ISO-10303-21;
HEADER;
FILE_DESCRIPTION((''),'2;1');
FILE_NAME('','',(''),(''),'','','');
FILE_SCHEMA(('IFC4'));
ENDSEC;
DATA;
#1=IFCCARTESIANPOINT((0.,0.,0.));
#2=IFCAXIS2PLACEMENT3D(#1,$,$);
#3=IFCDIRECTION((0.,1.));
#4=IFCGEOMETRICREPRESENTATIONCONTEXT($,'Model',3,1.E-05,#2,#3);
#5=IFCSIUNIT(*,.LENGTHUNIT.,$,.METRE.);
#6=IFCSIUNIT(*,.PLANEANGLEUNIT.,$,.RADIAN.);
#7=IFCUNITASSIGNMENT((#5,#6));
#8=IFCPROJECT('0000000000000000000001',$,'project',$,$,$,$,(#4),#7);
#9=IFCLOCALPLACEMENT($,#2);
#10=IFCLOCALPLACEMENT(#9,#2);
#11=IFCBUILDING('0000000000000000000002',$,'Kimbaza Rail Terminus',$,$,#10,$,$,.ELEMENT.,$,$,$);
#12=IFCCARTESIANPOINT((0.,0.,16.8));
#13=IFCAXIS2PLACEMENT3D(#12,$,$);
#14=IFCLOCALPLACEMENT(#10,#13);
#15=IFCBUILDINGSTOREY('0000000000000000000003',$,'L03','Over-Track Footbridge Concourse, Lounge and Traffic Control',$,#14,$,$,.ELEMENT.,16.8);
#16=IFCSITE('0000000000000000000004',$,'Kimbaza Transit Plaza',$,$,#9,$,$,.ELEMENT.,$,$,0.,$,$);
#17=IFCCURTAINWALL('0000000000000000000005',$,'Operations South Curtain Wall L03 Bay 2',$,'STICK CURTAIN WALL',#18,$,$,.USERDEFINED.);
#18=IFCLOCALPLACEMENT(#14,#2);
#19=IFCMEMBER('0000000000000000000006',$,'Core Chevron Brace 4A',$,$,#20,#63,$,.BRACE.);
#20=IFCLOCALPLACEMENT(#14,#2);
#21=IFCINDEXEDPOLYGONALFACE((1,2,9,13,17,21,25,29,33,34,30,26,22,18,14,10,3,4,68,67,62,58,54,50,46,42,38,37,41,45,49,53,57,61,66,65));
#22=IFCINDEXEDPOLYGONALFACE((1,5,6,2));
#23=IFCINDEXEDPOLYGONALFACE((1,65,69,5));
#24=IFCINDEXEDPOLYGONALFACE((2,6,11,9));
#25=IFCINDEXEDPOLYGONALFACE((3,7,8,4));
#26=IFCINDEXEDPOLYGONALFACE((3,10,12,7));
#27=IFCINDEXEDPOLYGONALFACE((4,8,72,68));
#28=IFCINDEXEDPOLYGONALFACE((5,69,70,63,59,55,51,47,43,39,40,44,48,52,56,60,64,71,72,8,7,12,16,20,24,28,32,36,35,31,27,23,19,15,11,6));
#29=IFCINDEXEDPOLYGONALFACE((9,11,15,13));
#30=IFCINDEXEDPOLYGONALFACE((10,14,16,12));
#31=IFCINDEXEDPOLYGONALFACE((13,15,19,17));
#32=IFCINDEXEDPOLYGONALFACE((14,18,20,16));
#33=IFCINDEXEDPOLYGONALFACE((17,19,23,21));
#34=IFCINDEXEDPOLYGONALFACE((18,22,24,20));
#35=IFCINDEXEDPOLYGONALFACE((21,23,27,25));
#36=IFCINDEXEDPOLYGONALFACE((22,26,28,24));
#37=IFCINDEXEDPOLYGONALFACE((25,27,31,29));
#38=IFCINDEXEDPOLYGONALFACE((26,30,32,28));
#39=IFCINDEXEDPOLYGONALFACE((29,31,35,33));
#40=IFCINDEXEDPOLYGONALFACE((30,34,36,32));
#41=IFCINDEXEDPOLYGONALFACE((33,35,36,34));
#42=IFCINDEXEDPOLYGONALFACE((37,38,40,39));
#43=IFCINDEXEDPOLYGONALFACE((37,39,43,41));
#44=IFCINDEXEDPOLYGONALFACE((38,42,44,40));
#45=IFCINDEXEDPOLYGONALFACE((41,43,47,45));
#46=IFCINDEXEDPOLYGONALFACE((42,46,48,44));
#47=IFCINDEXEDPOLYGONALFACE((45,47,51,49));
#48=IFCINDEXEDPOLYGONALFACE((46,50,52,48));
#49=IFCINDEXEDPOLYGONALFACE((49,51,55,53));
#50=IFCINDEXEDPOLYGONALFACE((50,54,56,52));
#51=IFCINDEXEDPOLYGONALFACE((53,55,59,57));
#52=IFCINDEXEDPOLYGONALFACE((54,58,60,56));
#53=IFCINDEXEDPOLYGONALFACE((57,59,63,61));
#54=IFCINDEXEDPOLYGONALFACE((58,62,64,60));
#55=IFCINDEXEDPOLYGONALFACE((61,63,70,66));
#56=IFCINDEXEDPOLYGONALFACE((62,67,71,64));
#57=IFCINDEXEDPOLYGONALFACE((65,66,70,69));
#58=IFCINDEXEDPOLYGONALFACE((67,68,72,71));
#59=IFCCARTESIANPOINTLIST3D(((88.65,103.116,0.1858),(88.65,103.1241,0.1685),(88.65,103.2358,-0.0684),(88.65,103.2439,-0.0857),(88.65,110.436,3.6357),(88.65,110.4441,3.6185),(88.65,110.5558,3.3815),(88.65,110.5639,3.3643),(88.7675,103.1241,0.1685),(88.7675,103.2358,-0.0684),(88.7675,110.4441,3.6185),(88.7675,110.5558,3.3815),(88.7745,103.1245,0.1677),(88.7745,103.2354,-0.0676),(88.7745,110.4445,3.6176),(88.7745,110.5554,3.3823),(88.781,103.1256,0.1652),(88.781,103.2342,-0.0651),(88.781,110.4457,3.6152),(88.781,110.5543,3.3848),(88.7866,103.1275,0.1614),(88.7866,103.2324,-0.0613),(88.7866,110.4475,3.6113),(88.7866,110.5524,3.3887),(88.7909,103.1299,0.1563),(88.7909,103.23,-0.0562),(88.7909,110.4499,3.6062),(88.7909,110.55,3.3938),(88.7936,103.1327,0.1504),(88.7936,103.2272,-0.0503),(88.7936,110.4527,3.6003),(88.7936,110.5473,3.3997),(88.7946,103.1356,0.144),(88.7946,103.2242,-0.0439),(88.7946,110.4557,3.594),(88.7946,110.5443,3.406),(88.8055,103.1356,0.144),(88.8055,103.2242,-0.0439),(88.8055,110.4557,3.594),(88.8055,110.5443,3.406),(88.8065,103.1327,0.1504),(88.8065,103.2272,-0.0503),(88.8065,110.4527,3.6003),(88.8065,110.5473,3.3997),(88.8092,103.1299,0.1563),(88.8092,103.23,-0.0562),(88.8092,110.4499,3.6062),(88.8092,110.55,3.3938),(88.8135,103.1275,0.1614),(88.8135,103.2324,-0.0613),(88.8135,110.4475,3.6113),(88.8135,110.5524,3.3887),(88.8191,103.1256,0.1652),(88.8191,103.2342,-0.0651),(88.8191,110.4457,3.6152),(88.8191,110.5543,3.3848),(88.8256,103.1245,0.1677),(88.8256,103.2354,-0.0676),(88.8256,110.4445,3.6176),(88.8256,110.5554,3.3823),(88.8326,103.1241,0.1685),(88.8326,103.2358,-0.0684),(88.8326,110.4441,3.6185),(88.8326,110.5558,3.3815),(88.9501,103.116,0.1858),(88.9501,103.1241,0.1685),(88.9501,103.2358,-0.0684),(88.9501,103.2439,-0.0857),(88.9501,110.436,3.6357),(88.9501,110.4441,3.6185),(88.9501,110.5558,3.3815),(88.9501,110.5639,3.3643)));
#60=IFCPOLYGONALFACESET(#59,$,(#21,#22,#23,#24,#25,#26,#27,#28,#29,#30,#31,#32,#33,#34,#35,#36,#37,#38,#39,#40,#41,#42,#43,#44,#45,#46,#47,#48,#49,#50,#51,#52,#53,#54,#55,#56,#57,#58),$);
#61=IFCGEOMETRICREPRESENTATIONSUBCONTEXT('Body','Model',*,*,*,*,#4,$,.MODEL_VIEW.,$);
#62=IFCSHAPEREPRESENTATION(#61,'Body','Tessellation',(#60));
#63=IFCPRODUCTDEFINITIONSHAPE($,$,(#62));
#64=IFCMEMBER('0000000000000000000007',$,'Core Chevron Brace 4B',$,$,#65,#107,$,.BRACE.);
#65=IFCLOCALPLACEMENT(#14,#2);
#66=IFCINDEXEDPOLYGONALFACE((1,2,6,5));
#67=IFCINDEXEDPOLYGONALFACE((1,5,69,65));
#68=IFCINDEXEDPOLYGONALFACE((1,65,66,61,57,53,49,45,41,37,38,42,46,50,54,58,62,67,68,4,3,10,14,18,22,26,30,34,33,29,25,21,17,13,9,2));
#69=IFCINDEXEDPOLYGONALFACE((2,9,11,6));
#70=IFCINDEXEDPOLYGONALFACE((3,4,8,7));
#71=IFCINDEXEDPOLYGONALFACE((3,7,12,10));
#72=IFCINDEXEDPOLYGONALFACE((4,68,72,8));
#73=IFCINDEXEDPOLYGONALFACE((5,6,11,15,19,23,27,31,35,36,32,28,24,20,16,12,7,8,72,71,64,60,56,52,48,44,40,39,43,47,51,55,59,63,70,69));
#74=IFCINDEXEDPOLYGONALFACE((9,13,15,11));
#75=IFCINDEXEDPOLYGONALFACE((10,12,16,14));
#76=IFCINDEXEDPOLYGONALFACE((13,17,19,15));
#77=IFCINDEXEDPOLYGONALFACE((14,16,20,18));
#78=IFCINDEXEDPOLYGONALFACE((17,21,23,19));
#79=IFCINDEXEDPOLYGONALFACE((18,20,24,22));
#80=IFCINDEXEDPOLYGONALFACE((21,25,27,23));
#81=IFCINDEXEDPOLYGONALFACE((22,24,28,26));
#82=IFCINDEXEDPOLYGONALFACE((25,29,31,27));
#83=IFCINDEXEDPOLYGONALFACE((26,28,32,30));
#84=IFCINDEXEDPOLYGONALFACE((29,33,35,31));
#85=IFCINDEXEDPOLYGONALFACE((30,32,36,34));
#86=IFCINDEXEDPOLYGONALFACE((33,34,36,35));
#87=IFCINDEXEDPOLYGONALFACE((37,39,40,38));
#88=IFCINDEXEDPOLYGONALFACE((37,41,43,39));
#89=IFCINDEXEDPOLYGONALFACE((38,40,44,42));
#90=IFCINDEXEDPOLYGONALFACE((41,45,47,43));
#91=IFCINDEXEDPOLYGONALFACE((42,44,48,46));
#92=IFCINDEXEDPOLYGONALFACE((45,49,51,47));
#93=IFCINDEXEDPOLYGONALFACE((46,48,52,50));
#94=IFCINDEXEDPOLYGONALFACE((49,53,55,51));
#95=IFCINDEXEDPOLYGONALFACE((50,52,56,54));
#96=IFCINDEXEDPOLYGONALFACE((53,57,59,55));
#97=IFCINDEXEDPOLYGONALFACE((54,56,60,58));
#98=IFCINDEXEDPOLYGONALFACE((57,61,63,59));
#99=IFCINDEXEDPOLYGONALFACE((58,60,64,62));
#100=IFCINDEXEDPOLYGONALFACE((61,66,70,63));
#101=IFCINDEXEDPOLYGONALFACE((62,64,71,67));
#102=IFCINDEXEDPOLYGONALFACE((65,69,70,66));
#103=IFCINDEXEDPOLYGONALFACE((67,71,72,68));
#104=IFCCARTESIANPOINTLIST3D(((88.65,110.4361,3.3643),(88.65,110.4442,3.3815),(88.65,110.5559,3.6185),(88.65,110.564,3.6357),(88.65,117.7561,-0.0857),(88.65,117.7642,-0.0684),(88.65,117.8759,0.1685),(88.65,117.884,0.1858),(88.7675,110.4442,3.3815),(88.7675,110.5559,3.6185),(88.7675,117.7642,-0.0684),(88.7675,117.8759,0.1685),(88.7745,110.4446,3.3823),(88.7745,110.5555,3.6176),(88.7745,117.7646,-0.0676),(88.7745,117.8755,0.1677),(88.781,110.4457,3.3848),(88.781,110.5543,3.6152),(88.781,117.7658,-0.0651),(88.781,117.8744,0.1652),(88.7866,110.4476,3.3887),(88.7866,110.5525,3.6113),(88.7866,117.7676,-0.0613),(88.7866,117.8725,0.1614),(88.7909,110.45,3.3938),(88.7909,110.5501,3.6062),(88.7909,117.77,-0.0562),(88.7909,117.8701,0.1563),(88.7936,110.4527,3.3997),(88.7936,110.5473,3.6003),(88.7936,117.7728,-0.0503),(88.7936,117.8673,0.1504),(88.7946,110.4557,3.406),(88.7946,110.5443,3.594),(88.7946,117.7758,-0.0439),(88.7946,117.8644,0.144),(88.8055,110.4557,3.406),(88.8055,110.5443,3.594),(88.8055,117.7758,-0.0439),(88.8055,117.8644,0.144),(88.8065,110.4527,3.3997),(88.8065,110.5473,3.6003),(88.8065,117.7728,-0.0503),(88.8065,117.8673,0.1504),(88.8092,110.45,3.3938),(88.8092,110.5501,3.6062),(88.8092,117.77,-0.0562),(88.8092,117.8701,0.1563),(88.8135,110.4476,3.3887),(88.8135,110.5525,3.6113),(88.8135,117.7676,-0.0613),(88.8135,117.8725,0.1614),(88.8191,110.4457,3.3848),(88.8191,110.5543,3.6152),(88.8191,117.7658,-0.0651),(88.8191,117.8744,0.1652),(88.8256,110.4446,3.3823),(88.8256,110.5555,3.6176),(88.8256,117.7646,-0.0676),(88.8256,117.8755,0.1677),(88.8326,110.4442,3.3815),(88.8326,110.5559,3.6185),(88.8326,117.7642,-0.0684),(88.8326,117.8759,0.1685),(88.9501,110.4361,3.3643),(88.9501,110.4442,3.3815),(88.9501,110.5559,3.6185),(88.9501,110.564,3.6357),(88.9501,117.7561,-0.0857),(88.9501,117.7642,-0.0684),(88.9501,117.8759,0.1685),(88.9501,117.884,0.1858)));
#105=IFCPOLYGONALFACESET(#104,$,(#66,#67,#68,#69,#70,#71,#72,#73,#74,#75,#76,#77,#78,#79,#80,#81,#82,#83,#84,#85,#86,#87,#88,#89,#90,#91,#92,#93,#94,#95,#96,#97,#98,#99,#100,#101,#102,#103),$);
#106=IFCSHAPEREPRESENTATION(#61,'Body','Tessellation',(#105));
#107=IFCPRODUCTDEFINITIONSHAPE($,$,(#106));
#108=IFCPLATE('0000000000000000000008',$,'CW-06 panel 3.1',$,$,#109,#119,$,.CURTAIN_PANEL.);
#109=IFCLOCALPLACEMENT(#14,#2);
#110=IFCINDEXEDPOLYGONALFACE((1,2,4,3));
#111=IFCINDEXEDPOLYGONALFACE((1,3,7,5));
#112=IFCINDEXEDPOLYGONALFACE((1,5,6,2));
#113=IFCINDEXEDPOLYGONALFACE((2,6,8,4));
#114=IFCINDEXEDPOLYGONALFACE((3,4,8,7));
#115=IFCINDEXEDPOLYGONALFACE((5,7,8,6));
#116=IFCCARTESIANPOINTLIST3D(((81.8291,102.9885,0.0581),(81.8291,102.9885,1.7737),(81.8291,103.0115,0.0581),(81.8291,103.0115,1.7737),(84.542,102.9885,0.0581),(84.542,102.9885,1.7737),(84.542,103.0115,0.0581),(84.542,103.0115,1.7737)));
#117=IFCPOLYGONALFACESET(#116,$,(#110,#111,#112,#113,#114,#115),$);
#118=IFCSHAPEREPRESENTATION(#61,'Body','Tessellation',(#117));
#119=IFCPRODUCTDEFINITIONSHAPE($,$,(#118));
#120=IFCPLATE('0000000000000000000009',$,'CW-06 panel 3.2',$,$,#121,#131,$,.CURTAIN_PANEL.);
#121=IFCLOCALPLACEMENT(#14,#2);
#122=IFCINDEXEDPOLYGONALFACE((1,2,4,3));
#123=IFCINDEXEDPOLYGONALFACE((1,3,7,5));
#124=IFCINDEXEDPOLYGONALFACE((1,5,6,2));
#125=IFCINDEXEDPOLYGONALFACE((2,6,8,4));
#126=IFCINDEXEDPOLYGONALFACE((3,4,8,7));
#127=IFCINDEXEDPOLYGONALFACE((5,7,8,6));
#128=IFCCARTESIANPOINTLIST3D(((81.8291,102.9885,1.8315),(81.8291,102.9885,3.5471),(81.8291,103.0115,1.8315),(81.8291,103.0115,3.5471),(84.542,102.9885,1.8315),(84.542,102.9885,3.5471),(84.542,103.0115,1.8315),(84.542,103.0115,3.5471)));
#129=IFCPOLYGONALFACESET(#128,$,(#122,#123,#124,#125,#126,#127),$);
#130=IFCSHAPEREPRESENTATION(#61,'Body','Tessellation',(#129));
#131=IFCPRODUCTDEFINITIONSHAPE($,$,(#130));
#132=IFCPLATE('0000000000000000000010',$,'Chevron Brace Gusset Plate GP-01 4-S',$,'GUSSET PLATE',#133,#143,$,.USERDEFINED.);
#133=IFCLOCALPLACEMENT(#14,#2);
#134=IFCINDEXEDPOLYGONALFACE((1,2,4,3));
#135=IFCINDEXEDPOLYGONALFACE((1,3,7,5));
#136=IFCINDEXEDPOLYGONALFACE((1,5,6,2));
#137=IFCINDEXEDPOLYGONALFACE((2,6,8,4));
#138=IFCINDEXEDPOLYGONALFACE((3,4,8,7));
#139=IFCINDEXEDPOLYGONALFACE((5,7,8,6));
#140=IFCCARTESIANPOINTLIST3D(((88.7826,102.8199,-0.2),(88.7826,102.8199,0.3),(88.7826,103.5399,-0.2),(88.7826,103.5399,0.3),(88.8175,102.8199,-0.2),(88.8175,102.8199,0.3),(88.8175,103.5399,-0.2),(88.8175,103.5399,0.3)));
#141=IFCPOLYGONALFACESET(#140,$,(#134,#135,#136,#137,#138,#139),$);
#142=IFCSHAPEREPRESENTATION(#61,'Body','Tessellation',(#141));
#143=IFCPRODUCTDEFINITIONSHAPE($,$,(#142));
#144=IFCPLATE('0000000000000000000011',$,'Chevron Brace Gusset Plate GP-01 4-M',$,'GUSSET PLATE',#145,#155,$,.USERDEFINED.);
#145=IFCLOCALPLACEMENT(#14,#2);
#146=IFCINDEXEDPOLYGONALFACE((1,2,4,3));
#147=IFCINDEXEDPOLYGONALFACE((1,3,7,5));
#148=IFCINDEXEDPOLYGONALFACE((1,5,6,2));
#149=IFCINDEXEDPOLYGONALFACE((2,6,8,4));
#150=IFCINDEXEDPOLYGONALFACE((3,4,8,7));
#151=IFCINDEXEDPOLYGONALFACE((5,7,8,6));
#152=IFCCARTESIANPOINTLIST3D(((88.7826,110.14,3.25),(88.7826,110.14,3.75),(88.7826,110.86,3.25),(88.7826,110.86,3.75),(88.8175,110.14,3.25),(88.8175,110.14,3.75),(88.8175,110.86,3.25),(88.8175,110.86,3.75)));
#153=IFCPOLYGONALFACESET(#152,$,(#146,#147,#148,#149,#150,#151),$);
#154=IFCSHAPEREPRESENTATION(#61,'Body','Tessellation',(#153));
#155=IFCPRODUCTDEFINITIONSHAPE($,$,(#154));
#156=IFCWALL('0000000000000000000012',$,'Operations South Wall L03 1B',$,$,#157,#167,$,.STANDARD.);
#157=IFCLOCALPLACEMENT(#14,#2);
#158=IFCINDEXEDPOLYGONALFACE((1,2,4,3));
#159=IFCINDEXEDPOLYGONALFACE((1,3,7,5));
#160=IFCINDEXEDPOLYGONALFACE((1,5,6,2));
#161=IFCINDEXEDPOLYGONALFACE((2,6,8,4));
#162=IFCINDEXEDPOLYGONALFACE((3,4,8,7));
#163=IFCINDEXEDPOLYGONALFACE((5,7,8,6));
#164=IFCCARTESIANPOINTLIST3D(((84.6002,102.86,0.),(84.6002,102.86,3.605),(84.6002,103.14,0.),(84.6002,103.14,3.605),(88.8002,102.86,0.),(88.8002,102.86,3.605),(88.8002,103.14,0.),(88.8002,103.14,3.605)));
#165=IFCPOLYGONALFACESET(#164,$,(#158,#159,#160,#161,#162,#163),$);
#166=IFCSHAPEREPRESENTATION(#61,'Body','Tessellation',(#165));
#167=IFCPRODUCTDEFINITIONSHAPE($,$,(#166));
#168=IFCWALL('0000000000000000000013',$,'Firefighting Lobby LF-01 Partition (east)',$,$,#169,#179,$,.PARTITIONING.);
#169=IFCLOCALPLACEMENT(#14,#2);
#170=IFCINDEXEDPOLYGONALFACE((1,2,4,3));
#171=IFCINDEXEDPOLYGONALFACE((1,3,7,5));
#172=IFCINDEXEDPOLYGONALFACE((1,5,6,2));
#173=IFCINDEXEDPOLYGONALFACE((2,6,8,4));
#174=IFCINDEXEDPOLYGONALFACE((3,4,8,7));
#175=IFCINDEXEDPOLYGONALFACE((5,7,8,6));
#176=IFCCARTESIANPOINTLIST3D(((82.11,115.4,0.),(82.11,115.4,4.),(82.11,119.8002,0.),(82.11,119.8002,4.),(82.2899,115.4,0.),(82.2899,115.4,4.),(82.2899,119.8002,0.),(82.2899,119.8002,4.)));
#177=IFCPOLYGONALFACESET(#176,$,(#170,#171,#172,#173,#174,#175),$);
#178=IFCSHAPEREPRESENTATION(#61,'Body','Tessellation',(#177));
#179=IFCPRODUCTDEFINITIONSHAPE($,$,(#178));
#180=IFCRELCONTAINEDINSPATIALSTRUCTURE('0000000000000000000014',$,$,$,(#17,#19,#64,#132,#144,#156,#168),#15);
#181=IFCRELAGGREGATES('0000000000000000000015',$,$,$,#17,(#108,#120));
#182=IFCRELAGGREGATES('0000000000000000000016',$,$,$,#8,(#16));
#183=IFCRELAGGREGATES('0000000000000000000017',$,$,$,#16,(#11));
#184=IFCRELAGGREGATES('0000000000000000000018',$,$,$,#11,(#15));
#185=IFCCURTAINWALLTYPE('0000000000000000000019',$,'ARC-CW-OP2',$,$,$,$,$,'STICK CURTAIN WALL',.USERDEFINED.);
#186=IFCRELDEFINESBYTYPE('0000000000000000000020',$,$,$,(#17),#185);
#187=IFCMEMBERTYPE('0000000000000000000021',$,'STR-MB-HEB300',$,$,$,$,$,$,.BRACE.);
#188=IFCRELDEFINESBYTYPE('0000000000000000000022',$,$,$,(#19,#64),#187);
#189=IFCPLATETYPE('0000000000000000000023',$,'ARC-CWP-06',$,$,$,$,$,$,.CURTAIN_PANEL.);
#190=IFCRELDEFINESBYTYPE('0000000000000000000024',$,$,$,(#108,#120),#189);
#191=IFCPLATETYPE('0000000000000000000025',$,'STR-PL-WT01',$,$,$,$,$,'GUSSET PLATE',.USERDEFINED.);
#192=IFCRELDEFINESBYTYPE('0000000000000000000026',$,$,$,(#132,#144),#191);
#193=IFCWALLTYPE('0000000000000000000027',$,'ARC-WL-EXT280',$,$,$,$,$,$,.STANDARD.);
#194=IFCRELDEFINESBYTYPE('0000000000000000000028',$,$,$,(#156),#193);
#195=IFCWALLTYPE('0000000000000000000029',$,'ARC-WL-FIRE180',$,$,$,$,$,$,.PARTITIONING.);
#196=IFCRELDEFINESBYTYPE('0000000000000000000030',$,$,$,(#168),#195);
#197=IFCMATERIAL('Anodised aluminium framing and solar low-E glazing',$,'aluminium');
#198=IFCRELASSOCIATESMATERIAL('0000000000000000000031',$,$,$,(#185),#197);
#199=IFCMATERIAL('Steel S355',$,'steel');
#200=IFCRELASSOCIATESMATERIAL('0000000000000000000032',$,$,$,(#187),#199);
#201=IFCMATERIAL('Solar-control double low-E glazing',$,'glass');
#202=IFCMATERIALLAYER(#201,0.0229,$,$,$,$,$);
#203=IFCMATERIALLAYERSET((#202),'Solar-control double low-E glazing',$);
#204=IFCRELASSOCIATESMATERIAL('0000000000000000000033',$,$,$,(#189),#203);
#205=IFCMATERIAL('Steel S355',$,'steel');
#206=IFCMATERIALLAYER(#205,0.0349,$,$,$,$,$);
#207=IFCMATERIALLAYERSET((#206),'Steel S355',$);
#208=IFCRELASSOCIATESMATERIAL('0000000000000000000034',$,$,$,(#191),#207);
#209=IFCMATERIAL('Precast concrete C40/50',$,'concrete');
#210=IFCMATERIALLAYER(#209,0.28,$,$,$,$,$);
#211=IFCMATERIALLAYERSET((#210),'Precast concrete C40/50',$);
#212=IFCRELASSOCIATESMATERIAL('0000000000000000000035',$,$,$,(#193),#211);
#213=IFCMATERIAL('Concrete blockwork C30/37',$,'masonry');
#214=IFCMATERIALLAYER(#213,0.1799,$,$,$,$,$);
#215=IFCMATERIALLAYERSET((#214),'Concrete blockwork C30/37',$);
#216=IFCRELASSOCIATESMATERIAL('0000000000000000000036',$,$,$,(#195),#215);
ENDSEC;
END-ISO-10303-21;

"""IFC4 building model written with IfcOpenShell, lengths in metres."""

from ifc_helpers import new_model, si_unit, direction, frame, frame_2d, origin, origin_2d, place, context, subcontext, project, spatial, rectangle, i_section, extrude, material, layer, layer_set, material_profile, profile_set, type_object, element, aggregate, save


model = new_model("IFC4")

# Units and contexts
model_context = context("Model", 3, precision=1e-05, world=origin(), true_north=direction((0.0, 1.0)))
body_context = subcontext(model_context, "Body", "Model", "MODEL_VIEW")
ifc_project = project(units=[si_unit("LENGTHUNIT", "METRE"), si_unit("PLANEANGLEUNIT", "RADIAN")], contexts=[model_context])

# Site, building, storey
site_placement = place(None, origin())
site = spatial("IfcSite", under=ifc_project, at=site_placement, Name="Kimbaza Transit Plaza", CompositionType="ELEMENT", RefElevation=0.0)
building_placement = place(site_placement, origin())
building = spatial("IfcBuilding", under=site, at=building_placement, Name="Kimbaza Rail Terminus", CompositionType="ELEMENT")
storey_placement = place(building_placement, frame((0.0, 0.0, 16.8)))
storey = spatial("IfcBuildingStorey", under=building, at=storey_placement, Name="L03", Description="Over-Track Footbridge Concourse, Lounge and Traffic Control", CompositionType="ELEMENT", Elevation=16.8)

# Curtain wall
ifc_material_1 = material(Name="Anodised aluminium framing and solar low-E glazing", Category="aluminium")
curtain_wall_type = type_object("IfcCurtainWallType", Name="ARC-CW-OP2", ElementType="STICK CURTAIN WALL", PredefinedType="USERDEFINED", material=ifc_material_1)
curtain_wall_placement = place(storey_placement, origin())
curtain_wall = element("IfcCurtainWall", 1, at=curtain_wall_placement, inside=storey, type_object=curtain_wall_type, Name="Operations South Curtain Wall L03 Bay 2", ObjectType="STICK CURTAIN WALL", PredefinedType="USERDEFINED")

# Members
ifc_material_2 = material(Name="Steel S355", Category="steel")
ifc_material_profile_1 = material_profile(ifc_material_2, i_section(OverallWidth=0.3, OverallDepth=0.3, WebThickness=0.011, FlangeThickness=0.019, FilletRadius=0.0271, at=origin_2d()), Name="HEB 300")
ifc_profile_set_1 = profile_set([ifc_material_profile_1], Name="Steel S355")
member_type_1 = type_object("IfcMemberType", Name="STR-MB-HEB300", PredefinedType="BRACE", material=ifc_profile_set_1)
for number, where, z_axis, x_axis, name in (
    (2, (88.8, 103.1799, 0.05), (0.0, 0.90457, 0.426324), (-1.0, 0.0, 0.0), "Core Chevron Brace 4A"),
    (3, (88.8, 117.8201, 0.05), (0.0, -0.90457, 0.426324), (1.0, 0.0, 0.0), "Core Chevron Brace 4B"),
):
    element("IfcMember", number, at=place(storey_placement, frame(where, z_axis=z_axis, x_axis=x_axis)), inside=storey, type_object=member_type_1, Name=name, PredefinedType="BRACE", context=body_context, shape_type="SweptSolid", body=[
        extrude(i_section(OverallWidth=0.3, OverallDepth=0.3, WebThickness=0.011, FlangeThickness=0.019, FilletRadius=0.0271, at=origin_2d()), origin(), (0.0, 0.0, 1.0), 8.0923),
    ])

# Plates
ifc_material_3 = material(Name="Solar-control double low-E glazing", Category="glass")
ifc_layer_1 = layer(ifc_material_3, 0.0229)
ifc_layer_set_1 = layer_set([ifc_layer_1], Name="Solar-control double low-E glazing")
plate_type_1 = type_object("IfcPlateType", Name="ARC-CWP-06", PredefinedType="CURTAIN_PANEL", material=ifc_layer_set_1)
plate_1_placement = place(storey_placement, frame((83.1855, 103.0, 0.0581), z_axis=(0.0, 0.0, 1.0), x_axis=(1.0, 0.0, 0.0)))
plate_1 = element("IfcPlate", 4, at=plate_1_placement, type_object=plate_type_1, Name="CW-06 panel 3.1", PredefinedType="CURTAIN_PANEL", context=body_context, shape_type="SweptSolid", body=[
    extrude(rectangle(XDim=2.7129, YDim=0.0229, at=origin_2d()), origin(), (0.0, 0.0, 1.0), 1.7156),
])
plate_2_placement = place(storey_placement, frame((83.1855, 103.0, 1.8315), z_axis=(0.0, 0.0, 1.0), x_axis=(1.0, 0.0, 0.0)))
plate_2 = element("IfcPlate", 5, at=plate_2_placement, type_object=plate_type_1, Name="CW-06 panel 3.2", PredefinedType="CURTAIN_PANEL", context=body_context, shape_type="SweptSolid", body=[
    extrude(rectangle(XDim=2.7129, YDim=0.0229, at=origin_2d()), origin(), (0.0, 0.0, 1.0), 1.7156),
])
aggregate(curtain_wall, [plate_1, plate_2])

# Plates
ifc_material_4 = material(Name="Steel S355", Category="steel")
ifc_layer_2 = layer(ifc_material_4, 0.0349)
ifc_layer_set_2 = layer_set([ifc_layer_2], Name="Steel S355")
plate_type_2 = type_object("IfcPlateType", Name="STR-PL-WT01", ElementType="GUSSET PLATE", PredefinedType="USERDEFINED", material=ifc_layer_set_2)
for number, where, z_axis, x_axis, name in (
    (6, (88.8, 103.1799, -0.2), (0.0, 0.0, 1.0), (1.0, 0.0, 0.0), "Chevron Brace Gusset Plate GP-01 4-S"),
    (7, (88.8, 110.5, 3.25), (0.0, 0.0, 1.0), (1.0, 0.0, 0.0), "Chevron Brace Gusset Plate GP-01 4-M"),
):
    element("IfcPlate", number, at=place(storey_placement, frame(where, z_axis=z_axis, x_axis=x_axis)), inside=storey, type_object=plate_type_2, Name=name, ObjectType="GUSSET PLATE", PredefinedType="USERDEFINED", context=body_context, shape_type="SweptSolid", body=[
        extrude(rectangle(XDim=0.0349, YDim=0.72, at=origin_2d()), origin(), (0.0, 0.0, 1.0), 0.5),
    ])

# Walls
ifc_material_5 = material(Name="Precast concrete C40/50", Category="concrete")
ifc_layer_3 = layer(ifc_material_5, 0.28)
ifc_layer_set_3 = layer_set([ifc_layer_3], Name="Precast concrete C40/50")
wall_type_1 = type_object("IfcWallType", Name="ARC-WL-EXT280", PredefinedType="STANDARD", material=ifc_layer_set_3)
wall_1_placement = place(storey_placement, frame((84.6001, 103.0, 0.0), z_axis=(0.0, 0.0, 1.0), x_axis=(1.0, 0.0, 0.0)))
element("IfcWall", 8, at=wall_1_placement, inside=storey, type_object=wall_type_1, Name="Operations South Wall L03 1B", PredefinedType="STANDARD", context=body_context, shape_type="SweptSolid", body=[
    extrude(rectangle(XDim=4.2, YDim=0.28, at=frame_2d((2.1001, 0.0))), origin(), (0.0, 0.0, 1.0), 3.605),
])
ifc_material_6 = material(Name="Concrete blockwork C30/37", Category="masonry")
ifc_layer_4 = layer(ifc_material_6, 0.1799)
ifc_layer_set_4 = layer_set([ifc_layer_4], Name="Concrete blockwork C30/37")
wall_type_2 = type_object("IfcWallType", Name="ARC-WL-FIRE180", PredefinedType="PARTITIONING", material=ifc_layer_set_4)
wall_2_placement = place(storey_placement, frame((82.2, 115.3999, 0.0), z_axis=(0.0, 0.0, 1.0), x_axis=(0.0, 1.0, 0.0)))
element("IfcWall", 9, at=wall_2_placement, inside=storey, type_object=wall_type_2, Name="Firefighting Lobby LF-01 Partition (east)", PredefinedType="PARTITIONING", context=body_context, shape_type="SweptSolid", body=[
    extrude(rectangle(XDim=4.4001, YDim=0.1799, at=frame_2d((2.2002, 0.0))), origin(), (0.0, 0.0, 1.0), 4.0),
])

save(model, "model.ifc")
